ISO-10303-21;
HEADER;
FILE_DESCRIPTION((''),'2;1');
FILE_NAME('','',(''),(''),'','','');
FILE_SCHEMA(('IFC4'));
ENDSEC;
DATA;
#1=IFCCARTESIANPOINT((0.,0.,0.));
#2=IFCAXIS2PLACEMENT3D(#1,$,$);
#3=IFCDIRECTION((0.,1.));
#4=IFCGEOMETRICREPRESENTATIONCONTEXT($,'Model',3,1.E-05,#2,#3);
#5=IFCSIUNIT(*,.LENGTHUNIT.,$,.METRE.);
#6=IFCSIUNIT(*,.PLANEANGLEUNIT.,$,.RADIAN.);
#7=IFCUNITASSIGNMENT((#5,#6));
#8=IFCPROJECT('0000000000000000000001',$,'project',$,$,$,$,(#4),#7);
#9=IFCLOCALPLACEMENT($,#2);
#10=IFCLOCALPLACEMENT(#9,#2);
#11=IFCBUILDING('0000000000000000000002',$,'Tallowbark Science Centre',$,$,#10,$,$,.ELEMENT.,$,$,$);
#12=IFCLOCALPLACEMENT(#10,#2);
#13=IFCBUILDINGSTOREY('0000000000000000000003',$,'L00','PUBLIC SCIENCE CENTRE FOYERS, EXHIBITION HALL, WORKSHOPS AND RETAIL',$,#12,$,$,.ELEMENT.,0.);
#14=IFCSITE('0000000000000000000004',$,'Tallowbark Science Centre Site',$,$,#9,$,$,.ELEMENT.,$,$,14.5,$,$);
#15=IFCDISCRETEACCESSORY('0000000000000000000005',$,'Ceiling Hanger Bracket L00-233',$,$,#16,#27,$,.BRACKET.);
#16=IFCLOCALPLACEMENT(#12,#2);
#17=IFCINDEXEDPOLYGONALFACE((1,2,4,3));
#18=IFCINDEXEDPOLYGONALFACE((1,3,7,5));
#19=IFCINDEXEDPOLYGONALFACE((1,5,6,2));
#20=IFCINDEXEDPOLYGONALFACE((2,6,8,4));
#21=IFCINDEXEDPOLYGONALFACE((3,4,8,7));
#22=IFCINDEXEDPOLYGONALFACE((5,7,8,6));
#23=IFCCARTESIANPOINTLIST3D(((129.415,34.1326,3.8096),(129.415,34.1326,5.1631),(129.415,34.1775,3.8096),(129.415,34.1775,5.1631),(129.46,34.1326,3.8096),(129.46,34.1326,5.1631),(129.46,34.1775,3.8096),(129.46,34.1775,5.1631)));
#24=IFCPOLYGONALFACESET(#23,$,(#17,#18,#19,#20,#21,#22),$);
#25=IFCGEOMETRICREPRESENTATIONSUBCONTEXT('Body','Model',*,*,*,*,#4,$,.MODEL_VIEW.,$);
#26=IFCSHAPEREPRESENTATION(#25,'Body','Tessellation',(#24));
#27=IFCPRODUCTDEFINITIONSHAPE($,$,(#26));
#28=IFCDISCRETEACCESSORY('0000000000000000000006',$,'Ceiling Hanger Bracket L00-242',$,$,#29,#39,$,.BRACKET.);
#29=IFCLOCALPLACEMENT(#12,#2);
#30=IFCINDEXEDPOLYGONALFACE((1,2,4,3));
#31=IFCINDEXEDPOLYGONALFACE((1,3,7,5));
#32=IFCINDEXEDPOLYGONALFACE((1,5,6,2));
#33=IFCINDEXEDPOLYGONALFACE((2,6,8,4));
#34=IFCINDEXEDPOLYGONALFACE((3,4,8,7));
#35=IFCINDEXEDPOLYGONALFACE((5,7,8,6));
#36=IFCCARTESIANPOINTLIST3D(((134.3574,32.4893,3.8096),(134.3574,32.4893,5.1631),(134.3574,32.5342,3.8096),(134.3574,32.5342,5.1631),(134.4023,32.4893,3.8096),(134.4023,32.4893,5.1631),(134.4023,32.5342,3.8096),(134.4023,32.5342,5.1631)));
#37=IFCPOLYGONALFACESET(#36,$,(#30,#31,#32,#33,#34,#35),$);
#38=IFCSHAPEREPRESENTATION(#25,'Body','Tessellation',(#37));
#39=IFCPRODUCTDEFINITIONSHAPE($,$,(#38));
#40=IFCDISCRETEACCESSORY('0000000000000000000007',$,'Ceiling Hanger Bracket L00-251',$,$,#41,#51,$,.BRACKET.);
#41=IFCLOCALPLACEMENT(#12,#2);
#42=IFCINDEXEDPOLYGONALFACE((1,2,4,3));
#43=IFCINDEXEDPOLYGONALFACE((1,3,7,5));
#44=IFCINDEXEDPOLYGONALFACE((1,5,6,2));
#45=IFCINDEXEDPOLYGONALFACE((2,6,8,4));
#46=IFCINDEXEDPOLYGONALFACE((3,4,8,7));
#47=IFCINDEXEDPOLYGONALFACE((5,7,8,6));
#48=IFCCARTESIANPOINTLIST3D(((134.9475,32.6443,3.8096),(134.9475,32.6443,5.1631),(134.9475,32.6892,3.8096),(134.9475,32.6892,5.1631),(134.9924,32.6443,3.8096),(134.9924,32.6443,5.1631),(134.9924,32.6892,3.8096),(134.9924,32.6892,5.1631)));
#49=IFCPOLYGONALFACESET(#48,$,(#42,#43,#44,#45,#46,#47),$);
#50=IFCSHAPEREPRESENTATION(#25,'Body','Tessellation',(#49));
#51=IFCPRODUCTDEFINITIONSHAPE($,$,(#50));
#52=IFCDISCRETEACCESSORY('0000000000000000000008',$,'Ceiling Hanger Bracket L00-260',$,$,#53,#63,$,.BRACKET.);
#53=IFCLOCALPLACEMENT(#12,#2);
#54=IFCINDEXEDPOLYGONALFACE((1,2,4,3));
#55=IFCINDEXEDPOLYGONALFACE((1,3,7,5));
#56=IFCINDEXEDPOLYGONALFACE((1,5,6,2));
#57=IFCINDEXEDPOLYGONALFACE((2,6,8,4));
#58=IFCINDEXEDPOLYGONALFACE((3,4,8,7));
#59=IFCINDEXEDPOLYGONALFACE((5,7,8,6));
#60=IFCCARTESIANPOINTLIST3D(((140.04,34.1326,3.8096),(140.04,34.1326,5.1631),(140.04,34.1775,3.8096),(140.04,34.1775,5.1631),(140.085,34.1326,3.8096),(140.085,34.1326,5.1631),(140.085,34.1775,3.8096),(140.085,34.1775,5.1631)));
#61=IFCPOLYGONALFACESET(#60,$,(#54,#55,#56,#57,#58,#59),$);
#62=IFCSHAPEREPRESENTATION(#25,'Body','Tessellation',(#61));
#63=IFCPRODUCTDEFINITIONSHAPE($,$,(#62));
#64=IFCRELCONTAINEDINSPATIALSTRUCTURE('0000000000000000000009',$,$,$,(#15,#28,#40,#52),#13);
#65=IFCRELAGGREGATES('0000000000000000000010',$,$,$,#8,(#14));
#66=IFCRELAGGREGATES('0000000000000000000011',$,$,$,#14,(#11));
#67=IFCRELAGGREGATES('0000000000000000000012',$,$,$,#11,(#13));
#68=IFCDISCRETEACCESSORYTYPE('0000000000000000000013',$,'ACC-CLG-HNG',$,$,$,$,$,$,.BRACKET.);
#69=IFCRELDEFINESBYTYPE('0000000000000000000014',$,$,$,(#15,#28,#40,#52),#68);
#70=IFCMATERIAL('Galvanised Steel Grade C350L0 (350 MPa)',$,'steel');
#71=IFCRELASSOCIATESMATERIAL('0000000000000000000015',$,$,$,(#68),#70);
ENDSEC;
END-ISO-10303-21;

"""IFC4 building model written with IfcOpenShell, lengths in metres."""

from ifc_helpers import new_model, si_unit, direction, frame, origin, origin_2d, place, context, subcontext, project, spatial, rectangle, extrude, material, type_object, element, save


model = new_model("IFC4")

# Units and contexts
model_context = context("Model", 3, precision=1e-05, world=origin(), true_north=direction((0.0, 1.0)))
body_context = subcontext(model_context, "Body", "Model", "MODEL_VIEW")
ifc_project = project(units=[si_unit("LENGTHUNIT", "METRE"), si_unit("PLANEANGLEUNIT", "RADIAN")], contexts=[model_context])

# Site, building, storey
site_placement = place(None, origin())
site = spatial("IfcSite", under=ifc_project, at=site_placement, Name="Tallowbark Science Centre Site", CompositionType="ELEMENT", RefElevation=14.5)
building_placement = place(site_placement, origin())
building = spatial("IfcBuilding", under=site, at=building_placement, Name="Tallowbark Science Centre", CompositionType="ELEMENT")
storey_placement = place(building_placement, origin())
storey = spatial("IfcBuildingStorey", under=building, at=storey_placement, Name="L00", Description="PUBLIC SCIENCE CENTRE FOYERS, EXHIBITION HALL, WORKSHOPS AND RETAIL", CompositionType="ELEMENT", Elevation=0.0)

# Discrete accessories
ifc_material_1 = material(Name="Galvanised Steel Grade C350L0 (350 MPa)", Category="steel")
discrete_accessory_type = type_object("IfcDiscreteAccessoryType", Name="ACC-CLG-HNG", PredefinedType="BRACKET", material=ifc_material_1)
for number, where, z_axis, x_axis, name in (
    (1, (129.4375, 34.155, 3.8096), (0.0, 0.0, 1.0), (1.0, 0.0, 0.0), "Ceiling Hanger Bracket L00-233"),
    (2, (134.3799, 32.5117, 3.8096), (0.0, 0.0, 1.0), (1.0, 0.0, 0.0), "Ceiling Hanger Bracket L00-242"),
    (3, (134.97, 32.6667, 3.8096), (0.0, 0.0, 1.0), (1.0, 0.0, 0.0), "Ceiling Hanger Bracket L00-251"),
    (4, (140.0625, 34.155, 3.8096), (0.0, 0.0, 1.0), (1.0, 0.0, 0.0), "Ceiling Hanger Bracket L00-260"),
):
    element("IfcDiscreteAccessory", number, at=place(storey_placement, frame(where, z_axis=z_axis, x_axis=x_axis)), inside=storey, type_object=discrete_accessory_type, Name=name, PredefinedType="BRACKET", context=body_context, shape_type="SweptSolid", body=[
        extrude(rectangle(XDim=0.0449, YDim=0.0449, at=origin_2d()), origin(), (0.0, 0.0, 1.0), 1.3535),
    ])

save(model, "model.ifc")
